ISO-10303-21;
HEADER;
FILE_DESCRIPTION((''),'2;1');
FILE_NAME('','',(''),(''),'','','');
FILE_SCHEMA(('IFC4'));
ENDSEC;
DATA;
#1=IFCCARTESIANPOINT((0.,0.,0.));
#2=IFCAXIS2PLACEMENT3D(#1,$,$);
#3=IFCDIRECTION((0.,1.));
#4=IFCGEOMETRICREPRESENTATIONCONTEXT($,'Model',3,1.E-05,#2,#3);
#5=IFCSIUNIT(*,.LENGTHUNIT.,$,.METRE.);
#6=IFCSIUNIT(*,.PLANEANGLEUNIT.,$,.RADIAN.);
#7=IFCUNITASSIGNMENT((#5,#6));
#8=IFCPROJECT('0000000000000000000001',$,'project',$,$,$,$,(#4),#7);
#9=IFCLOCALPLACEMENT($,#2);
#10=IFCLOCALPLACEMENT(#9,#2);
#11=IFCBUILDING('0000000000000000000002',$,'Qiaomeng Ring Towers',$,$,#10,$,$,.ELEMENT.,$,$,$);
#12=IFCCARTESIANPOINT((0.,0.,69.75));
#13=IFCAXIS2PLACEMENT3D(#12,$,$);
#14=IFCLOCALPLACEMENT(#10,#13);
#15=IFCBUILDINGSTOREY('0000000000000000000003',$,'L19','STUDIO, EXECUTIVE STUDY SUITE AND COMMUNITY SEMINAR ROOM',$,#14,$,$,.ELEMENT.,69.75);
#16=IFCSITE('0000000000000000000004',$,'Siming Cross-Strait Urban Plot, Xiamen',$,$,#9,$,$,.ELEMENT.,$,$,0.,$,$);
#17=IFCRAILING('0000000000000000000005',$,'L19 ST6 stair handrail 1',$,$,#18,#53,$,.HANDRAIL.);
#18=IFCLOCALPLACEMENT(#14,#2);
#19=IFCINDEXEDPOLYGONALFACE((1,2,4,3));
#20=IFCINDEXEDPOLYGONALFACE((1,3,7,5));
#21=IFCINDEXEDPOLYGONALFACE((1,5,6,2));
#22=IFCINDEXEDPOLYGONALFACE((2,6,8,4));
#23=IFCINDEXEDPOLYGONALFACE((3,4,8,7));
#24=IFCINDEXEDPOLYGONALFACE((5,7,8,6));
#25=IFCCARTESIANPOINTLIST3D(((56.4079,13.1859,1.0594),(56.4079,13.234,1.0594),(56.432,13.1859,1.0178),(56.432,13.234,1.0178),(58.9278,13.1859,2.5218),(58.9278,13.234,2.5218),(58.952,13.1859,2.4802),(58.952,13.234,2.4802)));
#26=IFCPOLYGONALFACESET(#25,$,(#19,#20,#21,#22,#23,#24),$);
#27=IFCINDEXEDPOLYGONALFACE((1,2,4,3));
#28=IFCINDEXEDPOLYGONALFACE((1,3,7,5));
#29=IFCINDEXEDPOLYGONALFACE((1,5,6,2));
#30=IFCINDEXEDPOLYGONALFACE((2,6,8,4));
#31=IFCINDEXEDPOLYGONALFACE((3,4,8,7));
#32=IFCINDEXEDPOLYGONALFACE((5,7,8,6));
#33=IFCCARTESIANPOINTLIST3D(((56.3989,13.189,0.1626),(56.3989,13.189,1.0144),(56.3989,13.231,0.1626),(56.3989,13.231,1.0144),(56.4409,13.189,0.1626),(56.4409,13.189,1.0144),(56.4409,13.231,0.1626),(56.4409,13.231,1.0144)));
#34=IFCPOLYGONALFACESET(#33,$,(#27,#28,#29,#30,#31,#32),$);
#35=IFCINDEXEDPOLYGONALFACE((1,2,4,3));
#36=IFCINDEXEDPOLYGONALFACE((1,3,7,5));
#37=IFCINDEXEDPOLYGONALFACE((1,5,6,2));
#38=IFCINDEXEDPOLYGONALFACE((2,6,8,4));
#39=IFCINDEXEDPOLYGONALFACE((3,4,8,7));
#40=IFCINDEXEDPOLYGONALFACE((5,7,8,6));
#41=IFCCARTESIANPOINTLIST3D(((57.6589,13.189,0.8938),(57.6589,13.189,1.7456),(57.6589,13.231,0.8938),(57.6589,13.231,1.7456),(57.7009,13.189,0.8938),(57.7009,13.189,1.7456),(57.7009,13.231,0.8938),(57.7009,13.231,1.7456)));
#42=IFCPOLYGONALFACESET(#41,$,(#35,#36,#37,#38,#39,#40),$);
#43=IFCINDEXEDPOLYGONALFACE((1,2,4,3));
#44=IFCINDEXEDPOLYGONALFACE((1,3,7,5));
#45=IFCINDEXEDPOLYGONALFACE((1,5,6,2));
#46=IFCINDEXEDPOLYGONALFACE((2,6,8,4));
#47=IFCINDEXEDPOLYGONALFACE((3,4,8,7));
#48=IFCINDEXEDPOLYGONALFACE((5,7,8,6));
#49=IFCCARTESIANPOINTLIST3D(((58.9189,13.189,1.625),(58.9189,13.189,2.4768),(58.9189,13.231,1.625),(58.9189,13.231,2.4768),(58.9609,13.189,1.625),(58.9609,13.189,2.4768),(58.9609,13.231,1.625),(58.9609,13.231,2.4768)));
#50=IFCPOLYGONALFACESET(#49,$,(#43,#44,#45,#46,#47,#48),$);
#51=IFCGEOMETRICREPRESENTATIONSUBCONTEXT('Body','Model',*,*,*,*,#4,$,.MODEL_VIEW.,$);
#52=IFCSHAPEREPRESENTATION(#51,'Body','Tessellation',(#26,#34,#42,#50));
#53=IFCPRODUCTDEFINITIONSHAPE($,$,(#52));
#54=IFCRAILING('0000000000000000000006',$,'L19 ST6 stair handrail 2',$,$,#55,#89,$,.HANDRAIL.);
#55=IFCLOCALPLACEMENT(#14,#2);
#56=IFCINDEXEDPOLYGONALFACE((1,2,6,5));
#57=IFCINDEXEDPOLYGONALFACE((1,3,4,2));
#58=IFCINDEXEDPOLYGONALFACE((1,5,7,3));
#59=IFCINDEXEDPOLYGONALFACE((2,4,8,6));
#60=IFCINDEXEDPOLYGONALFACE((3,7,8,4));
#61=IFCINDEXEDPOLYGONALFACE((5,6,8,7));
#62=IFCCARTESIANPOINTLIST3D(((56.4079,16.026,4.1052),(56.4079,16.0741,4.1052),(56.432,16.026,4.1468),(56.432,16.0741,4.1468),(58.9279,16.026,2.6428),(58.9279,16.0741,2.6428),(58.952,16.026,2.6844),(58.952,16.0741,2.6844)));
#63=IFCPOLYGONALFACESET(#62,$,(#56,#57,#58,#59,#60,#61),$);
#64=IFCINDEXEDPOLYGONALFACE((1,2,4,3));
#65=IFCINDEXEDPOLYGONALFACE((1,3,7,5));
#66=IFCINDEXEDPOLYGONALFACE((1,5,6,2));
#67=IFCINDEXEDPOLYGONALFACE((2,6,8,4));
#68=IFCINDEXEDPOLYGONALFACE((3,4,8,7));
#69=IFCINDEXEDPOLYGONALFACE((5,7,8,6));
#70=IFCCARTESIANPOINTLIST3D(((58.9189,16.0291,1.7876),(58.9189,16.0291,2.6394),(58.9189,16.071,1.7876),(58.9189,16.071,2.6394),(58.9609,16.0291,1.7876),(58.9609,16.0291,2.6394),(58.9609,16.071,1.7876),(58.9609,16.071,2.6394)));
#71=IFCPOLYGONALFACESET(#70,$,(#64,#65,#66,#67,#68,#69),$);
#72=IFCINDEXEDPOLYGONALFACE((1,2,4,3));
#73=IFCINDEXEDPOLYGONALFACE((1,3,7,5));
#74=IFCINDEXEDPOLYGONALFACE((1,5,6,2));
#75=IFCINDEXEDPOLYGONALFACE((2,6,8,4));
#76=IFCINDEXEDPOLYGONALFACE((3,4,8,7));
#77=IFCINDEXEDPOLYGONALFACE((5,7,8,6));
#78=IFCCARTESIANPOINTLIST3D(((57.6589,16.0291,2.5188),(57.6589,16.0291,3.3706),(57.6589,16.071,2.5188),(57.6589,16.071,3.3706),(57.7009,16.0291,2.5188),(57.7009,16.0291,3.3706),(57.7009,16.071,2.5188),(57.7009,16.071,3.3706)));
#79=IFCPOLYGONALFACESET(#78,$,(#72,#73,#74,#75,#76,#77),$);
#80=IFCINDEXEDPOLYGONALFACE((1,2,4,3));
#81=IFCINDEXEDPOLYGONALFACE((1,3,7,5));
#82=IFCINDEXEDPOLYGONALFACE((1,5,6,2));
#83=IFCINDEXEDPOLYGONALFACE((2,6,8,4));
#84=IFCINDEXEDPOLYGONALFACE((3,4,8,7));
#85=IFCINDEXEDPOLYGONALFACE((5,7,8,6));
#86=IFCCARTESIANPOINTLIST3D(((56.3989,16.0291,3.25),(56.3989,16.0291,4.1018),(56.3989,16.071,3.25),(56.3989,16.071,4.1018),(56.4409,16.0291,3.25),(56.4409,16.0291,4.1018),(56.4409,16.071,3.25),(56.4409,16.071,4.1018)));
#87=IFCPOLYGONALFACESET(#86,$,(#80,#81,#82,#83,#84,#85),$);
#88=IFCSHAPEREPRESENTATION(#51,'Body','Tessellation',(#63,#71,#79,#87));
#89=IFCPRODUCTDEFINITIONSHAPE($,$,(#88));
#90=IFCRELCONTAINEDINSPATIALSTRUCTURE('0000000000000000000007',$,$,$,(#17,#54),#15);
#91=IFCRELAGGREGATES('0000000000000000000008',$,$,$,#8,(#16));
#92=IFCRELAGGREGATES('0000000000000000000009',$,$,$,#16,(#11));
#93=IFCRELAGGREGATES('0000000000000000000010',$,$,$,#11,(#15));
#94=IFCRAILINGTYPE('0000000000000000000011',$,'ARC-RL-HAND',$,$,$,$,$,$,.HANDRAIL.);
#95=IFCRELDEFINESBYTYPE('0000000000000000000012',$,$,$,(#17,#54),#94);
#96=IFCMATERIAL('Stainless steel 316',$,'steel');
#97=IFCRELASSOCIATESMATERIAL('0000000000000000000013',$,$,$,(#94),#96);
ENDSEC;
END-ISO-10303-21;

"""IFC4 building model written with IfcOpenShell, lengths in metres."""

from ifc_helpers import new_model, si_unit, direction, frame, origin, origin_2d, place, context, subcontext, project, spatial, rectangle, extrude, material, type_object, element, save


model = new_model("IFC4")

# Units and contexts
model_context = context("Model", 3, precision=1e-05, world=origin(), true_north=direction((0.0, 1.0)))
body_context = subcontext(model_context, "Body", "Model", "MODEL_VIEW")
ifc_project = project(units=[si_unit("LENGTHUNIT", "METRE"), si_unit("PLANEANGLEUNIT", "RADIAN")], contexts=[model_context])

# Site, building, storey
site_placement = place(None, origin())
site = spatial("IfcSite", under=ifc_project, at=site_placement, Name="Siming Cross-Strait Urban Plot, Xiamen", CompositionType="ELEMENT", RefElevation=0.0)
building_placement = place(site_placement, origin())
building = spatial("IfcBuilding", under=site, at=building_placement, Name="Qiaomeng Ring Towers", CompositionType="ELEMENT")
storey_placement = place(building_placement, frame((0.0, 0.0, 69.75)))
storey = spatial("IfcBuildingStorey", under=building, at=storey_placement, Name="L19", Description="STUDIO, EXECUTIVE STUDY SUITE AND COMMUNITY SEMINAR ROOM", CompositionType="ELEMENT", Elevation=69.75)

# Shared definitions
ifc_material_1 = material(Name="Stainless steel 316", Category="steel")

# Railings
railing_type_1 = type_object("IfcRailingType", Name="ARC-RL-HAND", PredefinedType="HANDRAIL", material=ifc_material_1)
railing_1_placement = place(storey_placement, frame((56.4199, 13.21, 0.1626)))
element("IfcRailing", 1, at=railing_1_placement, inside=storey, type_object=railing_type_1, Name="L19 ST6 stair handrail 1", PredefinedType="HANDRAIL", context=body_context, shape_type="SweptSolid", body=[
    extrude(rectangle(XDim=0.0481, YDim=0.0481, at=origin_2d()), frame((0.0, 0.0, 0.876), z_axis=(0.864913, 0.0, 0.501921), x_axis=(0.0, 1.0, 0.0)), (0.0, 0.0, 1.0), 2.9136),
    extrude(rectangle(XDim=0.042, YDim=0.042, at=origin_2d()), origin(), (0.0, 0.0, 1.0), 0.8518),
    extrude(rectangle(XDim=0.042, YDim=0.042, at=origin_2d()), frame((1.26, 0.0, 0.7312)), (0.0, 0.0, 1.0), 0.8518),
    extrude(rectangle(XDim=0.042, YDim=0.042, at=origin_2d()), frame((2.52, 0.0, 1.4624)), (0.0, 0.0, 1.0), 0.8518),
])
railing_2_placement = place(storey_placement, frame((58.9399, 16.05, 1.7876)))
element("IfcRailing", 2, at=railing_2_placement, inside=storey, type_object=railing_type_1, Name="L19 ST6 stair handrail 2", PredefinedType="HANDRAIL", context=body_context, shape_type="SweptSolid", body=[
    extrude(rectangle(XDim=0.0481, YDim=0.0481, at=origin_2d()), frame((0.0, 0.0, 0.876), z_axis=(-0.864913, 0.0, 0.501921), x_axis=(0.0, -1.0, 0.0)), (0.0, 0.0, 1.0), 2.9136),
    extrude(rectangle(XDim=0.042, YDim=0.042, at=origin_2d()), origin(), (0.0, 0.0, 1.0), 0.8518),
    extrude(rectangle(XDim=0.042, YDim=0.042, at=origin_2d()), frame((-1.26, 0.0, 0.7312)), (0.0, 0.0, 1.0), 0.8518),
    extrude(rectangle(XDim=0.042, YDim=0.042, at=origin_2d()), frame((-2.52, 0.0, 1.4624)), (0.0, 0.0, 1.0), 0.8518),
])

save(model, "model.ifc")
